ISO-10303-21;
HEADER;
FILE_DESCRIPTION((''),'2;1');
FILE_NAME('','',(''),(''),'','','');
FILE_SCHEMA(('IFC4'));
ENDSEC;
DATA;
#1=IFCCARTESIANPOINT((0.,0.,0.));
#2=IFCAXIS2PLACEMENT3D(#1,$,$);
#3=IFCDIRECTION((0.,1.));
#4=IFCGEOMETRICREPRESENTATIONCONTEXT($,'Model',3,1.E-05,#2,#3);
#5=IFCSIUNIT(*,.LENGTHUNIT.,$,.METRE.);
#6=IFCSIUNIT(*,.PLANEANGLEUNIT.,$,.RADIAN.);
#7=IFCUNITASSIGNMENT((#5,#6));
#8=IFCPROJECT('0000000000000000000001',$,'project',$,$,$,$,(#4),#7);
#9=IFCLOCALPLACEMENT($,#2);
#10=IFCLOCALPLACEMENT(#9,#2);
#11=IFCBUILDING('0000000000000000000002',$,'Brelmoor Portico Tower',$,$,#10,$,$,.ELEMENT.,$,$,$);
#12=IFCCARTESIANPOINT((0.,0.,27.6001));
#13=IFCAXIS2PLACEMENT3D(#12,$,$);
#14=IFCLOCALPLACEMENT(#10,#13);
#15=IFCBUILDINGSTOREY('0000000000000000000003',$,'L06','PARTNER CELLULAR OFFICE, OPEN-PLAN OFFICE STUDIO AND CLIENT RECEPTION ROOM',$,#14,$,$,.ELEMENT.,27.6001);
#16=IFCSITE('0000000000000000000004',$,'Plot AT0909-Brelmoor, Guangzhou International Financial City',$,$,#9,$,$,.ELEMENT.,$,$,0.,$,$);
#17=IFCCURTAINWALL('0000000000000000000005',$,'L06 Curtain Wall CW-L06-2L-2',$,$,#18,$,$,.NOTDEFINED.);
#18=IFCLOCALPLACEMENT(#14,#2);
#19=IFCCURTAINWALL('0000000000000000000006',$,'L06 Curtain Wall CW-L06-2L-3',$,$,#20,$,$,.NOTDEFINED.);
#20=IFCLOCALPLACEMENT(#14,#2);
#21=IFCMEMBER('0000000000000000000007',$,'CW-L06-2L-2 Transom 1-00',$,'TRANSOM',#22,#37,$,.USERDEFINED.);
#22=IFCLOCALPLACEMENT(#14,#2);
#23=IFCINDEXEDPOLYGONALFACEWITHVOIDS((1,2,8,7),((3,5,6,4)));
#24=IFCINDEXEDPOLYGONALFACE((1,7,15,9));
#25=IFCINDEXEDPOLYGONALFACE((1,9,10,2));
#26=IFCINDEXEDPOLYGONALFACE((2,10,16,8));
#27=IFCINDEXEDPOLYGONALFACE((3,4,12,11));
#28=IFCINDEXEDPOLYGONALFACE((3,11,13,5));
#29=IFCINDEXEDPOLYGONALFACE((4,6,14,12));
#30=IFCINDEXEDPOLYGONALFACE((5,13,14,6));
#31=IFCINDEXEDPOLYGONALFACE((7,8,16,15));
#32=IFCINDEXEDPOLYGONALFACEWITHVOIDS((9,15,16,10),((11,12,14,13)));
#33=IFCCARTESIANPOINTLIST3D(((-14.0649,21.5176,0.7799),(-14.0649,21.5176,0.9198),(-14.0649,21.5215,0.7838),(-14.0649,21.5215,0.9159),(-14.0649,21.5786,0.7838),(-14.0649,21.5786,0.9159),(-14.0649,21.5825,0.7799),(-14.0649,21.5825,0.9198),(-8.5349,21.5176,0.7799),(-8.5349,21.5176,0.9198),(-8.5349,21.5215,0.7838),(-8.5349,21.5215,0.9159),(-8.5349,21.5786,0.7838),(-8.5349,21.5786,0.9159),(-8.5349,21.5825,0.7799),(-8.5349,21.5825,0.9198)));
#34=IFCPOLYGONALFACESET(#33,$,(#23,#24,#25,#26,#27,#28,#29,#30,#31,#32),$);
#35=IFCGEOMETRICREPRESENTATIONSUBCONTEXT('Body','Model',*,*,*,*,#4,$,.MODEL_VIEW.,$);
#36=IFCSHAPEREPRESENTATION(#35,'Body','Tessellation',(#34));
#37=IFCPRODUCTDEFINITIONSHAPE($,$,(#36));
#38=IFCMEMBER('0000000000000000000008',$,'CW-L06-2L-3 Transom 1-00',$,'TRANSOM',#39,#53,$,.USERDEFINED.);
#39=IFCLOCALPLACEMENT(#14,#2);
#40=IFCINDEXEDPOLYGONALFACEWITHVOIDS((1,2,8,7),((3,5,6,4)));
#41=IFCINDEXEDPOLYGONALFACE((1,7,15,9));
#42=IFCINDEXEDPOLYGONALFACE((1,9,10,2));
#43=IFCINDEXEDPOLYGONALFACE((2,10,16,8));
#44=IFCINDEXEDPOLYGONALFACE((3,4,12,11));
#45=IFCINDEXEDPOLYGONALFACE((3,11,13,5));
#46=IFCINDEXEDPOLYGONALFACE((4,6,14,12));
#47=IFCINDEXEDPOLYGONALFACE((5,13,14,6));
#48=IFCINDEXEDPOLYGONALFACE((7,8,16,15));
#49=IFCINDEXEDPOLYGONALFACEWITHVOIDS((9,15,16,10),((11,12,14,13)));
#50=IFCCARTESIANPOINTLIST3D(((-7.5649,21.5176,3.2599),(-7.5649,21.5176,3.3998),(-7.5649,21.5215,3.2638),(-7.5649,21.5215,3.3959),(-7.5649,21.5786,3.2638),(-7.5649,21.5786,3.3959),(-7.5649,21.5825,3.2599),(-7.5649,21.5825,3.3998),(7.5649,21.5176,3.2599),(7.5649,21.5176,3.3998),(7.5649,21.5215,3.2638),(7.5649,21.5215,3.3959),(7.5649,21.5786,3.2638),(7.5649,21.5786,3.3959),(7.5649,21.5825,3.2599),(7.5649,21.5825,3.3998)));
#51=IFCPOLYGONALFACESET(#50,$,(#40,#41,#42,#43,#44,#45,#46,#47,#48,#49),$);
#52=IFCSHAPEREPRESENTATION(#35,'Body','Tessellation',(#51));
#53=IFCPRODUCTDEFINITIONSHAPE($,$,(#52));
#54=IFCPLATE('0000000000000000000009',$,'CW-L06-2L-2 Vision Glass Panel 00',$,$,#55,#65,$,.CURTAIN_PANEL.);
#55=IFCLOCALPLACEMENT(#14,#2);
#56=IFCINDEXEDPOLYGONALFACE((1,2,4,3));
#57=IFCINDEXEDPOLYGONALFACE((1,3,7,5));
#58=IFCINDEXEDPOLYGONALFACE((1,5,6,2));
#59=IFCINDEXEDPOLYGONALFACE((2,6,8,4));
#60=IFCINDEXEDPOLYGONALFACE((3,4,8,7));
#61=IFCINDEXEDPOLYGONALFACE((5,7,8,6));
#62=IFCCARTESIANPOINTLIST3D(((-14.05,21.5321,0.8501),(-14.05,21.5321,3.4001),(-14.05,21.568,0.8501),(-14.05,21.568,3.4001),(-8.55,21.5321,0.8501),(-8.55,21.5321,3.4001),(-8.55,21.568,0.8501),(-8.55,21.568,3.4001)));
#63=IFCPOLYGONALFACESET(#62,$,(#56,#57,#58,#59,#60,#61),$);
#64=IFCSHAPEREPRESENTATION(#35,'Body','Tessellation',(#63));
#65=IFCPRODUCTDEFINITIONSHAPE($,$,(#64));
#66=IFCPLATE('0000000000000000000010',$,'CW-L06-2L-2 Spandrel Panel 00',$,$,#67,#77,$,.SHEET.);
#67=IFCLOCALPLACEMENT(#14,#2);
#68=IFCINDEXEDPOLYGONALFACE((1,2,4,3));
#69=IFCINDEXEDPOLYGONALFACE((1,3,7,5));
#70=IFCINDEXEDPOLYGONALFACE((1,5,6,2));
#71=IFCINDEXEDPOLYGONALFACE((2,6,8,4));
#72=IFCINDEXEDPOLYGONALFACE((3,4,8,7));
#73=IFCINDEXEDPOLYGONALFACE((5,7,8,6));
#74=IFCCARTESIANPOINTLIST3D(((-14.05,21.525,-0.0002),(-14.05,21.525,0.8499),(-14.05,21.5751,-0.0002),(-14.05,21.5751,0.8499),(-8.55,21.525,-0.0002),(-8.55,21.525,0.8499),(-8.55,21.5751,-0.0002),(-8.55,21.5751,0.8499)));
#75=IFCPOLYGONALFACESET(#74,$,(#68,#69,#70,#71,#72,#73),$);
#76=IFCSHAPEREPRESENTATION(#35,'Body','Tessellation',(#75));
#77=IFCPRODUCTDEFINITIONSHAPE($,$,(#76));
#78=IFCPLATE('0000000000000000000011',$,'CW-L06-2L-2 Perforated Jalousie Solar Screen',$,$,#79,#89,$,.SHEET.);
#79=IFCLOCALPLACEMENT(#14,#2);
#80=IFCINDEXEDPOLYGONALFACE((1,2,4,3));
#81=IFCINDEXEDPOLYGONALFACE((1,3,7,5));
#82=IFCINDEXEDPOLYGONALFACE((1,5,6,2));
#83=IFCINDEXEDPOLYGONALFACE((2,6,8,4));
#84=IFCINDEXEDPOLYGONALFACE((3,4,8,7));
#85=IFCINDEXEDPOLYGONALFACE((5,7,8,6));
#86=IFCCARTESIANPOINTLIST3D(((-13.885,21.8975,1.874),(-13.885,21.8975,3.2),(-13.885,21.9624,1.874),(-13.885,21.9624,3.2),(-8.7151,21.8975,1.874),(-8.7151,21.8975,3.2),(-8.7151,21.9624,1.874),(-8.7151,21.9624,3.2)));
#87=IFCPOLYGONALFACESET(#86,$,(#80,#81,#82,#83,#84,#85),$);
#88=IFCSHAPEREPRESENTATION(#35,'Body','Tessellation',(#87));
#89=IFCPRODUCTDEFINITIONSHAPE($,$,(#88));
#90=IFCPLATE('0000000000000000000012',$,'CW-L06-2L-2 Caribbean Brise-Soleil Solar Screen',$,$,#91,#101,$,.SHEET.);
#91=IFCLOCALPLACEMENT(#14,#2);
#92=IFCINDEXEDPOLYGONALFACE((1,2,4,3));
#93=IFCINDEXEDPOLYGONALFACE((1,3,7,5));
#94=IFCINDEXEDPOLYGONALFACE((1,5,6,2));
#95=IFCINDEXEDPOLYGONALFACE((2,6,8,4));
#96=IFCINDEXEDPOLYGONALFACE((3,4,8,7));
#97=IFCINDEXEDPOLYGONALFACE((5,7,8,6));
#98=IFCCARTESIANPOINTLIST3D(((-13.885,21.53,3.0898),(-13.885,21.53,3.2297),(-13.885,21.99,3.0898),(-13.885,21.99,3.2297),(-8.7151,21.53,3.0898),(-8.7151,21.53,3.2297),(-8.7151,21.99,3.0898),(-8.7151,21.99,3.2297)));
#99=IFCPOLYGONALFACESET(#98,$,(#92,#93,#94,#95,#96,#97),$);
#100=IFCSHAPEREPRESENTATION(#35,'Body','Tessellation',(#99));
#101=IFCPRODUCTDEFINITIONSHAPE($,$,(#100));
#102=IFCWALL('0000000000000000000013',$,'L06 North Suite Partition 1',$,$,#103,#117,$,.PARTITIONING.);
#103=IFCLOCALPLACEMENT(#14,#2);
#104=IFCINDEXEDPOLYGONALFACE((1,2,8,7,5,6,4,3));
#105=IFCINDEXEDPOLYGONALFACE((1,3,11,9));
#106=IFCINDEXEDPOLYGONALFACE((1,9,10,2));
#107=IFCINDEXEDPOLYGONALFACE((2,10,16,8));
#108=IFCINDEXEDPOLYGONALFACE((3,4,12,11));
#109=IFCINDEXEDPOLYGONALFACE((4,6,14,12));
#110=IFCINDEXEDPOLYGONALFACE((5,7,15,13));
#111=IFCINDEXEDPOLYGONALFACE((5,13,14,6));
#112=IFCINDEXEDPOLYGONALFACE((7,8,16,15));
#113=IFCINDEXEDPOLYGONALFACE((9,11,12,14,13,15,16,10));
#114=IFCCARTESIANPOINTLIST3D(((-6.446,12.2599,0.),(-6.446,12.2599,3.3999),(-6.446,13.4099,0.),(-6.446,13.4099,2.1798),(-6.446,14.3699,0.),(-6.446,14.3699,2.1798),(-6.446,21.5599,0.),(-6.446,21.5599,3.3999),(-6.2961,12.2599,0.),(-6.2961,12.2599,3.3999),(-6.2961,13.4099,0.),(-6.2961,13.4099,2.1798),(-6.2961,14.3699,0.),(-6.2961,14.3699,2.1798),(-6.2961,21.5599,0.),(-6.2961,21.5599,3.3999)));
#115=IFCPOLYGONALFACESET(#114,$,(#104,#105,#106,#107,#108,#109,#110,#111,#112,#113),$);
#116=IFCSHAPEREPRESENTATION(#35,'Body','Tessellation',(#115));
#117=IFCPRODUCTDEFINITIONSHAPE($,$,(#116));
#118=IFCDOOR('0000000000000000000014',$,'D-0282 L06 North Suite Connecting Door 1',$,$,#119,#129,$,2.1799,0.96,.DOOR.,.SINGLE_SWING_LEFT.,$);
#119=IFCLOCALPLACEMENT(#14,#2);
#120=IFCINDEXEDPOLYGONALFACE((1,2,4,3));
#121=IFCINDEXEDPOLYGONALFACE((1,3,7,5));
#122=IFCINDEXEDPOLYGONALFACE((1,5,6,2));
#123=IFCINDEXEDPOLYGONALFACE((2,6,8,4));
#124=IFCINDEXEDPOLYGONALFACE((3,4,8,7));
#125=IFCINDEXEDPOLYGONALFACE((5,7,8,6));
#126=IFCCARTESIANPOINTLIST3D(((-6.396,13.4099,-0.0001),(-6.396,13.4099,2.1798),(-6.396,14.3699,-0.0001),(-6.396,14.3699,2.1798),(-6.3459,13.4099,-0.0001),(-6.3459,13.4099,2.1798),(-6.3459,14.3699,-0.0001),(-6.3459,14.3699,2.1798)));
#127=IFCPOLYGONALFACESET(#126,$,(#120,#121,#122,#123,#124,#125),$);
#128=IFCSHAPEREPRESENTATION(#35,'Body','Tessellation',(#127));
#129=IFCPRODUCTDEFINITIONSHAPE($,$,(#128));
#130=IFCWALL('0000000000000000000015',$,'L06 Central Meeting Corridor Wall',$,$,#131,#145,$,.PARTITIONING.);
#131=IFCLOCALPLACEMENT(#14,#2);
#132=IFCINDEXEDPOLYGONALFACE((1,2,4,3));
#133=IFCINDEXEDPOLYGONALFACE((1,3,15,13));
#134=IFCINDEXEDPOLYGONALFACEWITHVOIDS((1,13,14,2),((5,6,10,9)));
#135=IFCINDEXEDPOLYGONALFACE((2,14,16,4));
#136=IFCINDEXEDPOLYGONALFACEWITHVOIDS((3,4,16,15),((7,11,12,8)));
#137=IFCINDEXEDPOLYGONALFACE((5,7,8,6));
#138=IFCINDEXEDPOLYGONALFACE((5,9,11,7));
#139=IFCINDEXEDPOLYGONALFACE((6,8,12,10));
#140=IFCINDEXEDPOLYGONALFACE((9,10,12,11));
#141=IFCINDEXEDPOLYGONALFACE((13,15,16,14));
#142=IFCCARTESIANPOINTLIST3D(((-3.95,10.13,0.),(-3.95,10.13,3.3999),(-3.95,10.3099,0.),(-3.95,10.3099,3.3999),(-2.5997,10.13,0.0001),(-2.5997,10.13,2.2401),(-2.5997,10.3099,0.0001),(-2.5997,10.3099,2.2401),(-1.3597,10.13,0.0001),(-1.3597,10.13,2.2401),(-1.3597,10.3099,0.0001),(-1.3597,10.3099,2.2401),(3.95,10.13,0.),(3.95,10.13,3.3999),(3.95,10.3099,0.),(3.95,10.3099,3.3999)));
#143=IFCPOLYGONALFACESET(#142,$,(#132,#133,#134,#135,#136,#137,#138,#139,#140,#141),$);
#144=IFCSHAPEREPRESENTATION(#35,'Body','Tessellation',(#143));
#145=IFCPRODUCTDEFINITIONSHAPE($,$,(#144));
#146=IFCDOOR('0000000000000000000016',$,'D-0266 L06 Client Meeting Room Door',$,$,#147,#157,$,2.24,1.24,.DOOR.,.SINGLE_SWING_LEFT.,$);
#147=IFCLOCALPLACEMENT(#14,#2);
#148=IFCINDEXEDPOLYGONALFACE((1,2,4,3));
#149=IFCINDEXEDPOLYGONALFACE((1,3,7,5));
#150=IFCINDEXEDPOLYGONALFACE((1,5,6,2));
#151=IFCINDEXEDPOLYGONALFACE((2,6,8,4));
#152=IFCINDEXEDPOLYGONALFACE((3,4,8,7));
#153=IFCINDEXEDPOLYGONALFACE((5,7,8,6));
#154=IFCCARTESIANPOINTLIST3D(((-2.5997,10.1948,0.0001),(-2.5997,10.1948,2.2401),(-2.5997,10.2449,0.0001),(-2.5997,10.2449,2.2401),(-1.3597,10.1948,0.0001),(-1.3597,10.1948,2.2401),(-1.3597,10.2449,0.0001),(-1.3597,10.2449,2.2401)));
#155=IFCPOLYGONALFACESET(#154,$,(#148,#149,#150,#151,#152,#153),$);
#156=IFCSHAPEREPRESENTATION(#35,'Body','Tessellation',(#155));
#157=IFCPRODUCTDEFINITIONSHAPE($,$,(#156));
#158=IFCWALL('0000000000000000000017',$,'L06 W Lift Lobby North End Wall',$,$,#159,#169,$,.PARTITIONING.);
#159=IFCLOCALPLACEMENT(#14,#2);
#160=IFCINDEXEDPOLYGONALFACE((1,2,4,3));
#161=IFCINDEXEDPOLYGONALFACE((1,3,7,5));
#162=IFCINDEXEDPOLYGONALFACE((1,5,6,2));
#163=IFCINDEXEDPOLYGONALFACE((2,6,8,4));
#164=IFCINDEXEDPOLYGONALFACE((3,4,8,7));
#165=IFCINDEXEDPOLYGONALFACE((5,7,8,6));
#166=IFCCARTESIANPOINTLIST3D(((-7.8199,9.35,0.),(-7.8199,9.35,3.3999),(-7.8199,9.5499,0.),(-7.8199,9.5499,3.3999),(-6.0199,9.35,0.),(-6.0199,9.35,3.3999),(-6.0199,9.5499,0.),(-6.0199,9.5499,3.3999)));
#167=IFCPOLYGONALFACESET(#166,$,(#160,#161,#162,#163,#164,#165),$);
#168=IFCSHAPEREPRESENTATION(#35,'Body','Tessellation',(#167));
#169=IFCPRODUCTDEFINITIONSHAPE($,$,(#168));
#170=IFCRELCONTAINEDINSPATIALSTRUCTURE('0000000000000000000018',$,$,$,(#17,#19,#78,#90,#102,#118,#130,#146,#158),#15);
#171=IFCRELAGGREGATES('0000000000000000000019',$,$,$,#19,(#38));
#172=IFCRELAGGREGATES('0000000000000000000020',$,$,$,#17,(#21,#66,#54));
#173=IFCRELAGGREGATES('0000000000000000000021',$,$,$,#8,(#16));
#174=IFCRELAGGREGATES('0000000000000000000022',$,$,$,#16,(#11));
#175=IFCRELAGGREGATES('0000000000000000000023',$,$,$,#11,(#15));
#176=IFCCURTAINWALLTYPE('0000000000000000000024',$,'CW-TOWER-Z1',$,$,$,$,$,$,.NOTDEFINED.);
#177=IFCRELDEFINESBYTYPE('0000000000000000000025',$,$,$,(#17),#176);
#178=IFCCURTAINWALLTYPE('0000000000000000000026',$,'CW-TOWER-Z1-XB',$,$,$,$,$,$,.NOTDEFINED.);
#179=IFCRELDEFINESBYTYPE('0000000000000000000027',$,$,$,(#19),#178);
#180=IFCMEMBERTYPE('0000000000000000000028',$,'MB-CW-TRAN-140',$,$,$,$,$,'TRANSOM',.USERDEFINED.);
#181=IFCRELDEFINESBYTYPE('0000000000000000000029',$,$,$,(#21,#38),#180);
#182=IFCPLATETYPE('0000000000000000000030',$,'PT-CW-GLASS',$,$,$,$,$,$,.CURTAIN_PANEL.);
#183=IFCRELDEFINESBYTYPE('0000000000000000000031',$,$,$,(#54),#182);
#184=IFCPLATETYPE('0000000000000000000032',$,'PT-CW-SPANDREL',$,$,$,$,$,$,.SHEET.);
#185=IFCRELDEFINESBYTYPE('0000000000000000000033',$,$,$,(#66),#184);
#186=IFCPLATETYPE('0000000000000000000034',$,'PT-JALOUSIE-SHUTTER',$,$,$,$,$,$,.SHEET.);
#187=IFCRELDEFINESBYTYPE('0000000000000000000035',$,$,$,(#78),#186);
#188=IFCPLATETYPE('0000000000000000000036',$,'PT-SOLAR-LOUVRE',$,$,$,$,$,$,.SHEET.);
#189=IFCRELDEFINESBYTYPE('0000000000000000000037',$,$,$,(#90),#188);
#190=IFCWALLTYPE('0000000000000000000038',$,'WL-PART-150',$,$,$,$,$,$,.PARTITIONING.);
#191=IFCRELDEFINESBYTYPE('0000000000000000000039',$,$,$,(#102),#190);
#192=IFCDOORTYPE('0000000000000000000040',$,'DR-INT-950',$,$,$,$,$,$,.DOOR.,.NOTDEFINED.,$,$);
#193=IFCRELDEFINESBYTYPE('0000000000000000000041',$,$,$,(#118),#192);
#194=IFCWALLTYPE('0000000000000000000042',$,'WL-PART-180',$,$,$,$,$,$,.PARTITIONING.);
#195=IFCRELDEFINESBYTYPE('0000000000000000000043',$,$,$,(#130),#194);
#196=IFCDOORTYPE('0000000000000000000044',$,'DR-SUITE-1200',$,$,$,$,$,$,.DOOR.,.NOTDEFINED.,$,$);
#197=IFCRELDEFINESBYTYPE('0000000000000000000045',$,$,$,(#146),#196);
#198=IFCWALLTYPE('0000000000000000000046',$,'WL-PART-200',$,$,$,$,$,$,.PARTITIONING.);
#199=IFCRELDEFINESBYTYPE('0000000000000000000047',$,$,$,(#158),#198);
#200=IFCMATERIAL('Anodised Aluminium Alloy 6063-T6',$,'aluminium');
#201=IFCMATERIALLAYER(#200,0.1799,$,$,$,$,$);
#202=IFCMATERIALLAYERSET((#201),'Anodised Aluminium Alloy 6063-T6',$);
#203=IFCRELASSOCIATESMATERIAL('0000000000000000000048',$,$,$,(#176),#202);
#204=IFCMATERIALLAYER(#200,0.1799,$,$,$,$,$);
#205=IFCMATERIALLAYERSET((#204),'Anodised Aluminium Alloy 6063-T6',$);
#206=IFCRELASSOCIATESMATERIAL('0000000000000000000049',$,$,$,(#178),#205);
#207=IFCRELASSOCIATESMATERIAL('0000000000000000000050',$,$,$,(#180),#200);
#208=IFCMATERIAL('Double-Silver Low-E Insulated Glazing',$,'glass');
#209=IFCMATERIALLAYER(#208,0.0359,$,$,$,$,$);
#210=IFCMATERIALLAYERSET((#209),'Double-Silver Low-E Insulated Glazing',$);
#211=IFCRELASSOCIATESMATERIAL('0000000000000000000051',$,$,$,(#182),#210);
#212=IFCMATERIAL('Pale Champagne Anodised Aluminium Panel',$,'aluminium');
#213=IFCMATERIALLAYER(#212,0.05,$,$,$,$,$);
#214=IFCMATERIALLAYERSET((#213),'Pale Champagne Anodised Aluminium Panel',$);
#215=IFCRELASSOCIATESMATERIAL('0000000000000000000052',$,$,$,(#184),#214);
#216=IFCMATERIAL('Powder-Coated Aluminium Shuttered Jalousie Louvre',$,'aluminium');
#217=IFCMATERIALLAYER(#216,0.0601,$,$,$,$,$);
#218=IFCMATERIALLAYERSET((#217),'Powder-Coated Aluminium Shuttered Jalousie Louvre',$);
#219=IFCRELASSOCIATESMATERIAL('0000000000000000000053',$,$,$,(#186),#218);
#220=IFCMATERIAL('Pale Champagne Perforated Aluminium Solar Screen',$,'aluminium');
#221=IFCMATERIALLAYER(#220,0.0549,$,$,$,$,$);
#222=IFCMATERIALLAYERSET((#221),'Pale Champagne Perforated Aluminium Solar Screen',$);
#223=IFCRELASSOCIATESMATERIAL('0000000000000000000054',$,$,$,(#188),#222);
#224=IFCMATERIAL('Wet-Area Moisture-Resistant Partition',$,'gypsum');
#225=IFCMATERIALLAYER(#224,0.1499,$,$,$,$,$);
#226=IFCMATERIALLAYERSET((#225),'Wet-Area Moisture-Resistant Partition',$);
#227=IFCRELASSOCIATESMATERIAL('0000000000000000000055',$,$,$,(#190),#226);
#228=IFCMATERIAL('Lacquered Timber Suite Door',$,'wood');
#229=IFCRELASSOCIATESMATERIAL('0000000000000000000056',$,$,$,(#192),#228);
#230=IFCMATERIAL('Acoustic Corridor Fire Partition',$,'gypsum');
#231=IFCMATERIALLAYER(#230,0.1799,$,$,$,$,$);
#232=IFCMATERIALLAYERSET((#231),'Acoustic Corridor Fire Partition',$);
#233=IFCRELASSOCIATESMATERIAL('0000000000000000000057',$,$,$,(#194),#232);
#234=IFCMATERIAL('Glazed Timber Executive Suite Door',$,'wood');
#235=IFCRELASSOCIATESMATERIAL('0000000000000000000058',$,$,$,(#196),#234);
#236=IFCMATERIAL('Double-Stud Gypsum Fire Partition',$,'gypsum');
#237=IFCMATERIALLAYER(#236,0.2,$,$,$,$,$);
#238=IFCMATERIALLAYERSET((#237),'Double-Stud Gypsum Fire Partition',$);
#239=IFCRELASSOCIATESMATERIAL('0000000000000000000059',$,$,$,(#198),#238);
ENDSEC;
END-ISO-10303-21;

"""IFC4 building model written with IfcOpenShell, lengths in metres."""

from ifc_helpers import new_model, si_unit, direction, frame, frame_2d, origin, origin_2d, place, context, subcontext, project, spatial, rectangle, hollow_rectangle, extrude, material, layer, layer_set, material_profile, profile_set, type_object, element, fill, aggregate, save


model = new_model("IFC4")

# Units and contexts
model_context = context("Model", 3, precision=1e-05, world=origin(), true_north=direction((0.0, 1.0)))
body_context = subcontext(model_context, "Body", "Model", "MODEL_VIEW")
ifc_project = project(units=[si_unit("LENGTHUNIT", "METRE"), si_unit("PLANEANGLEUNIT", "RADIAN")], contexts=[model_context])

# Site, building, storey
site_placement = place(None, origin())
site = spatial("IfcSite", under=ifc_project, at=site_placement, Name="Plot AT0909-Brelmoor, Guangzhou International Financial City", CompositionType="ELEMENT", RefElevation=0.0)
building_placement = place(site_placement, origin())
building = spatial("IfcBuilding", under=site, at=building_placement, Name="Brelmoor Portico Tower", CompositionType="ELEMENT")
storey_placement = place(building_placement, frame((0.0, 0.0, 27.6001)))
storey = spatial("IfcBuildingStorey", under=building, at=storey_placement, Name="L06", Description="PARTNER CELLULAR OFFICE, OPEN-PLAN OFFICE STUDIO AND CLIENT RECEPTION ROOM", CompositionType="ELEMENT", Elevation=27.6001)

# Curtain walls
ifc_material_1 = material(Name="Anodised Aluminium Alloy 6063-T6", Category="aluminium")
ifc_layer_1 = layer(ifc_material_1, 0.1799)
ifc_layer_set_1 = layer_set([ifc_layer_1], Name="Anodised Aluminium Alloy 6063-T6")
curtain_wall_type_1 = type_object("IfcCurtainWallType", Name="CW-TOWER-Z1", PredefinedType="NOTDEFINED", material=ifc_layer_set_1)
curtain_wall_1_placement = place(storey_placement, origin())
curtain_wall_1 = element("IfcCurtainWall", 1, at=curtain_wall_1_placement, inside=storey, type_object=curtain_wall_type_1, Name="L06 Curtain Wall CW-L06-2L-2", PredefinedType="NOTDEFINED")
ifc_layer_2 = layer(ifc_material_1, 0.1799)
ifc_layer_set_2 = layer_set([ifc_layer_2], Name="Anodised Aluminium Alloy 6063-T6")
curtain_wall_type_2 = type_object("IfcCurtainWallType", Name="CW-TOWER-Z1-XB", PredefinedType="NOTDEFINED", material=ifc_layer_set_2)
curtain_wall_2_placement = place(storey_placement, origin())
curtain_wall_2 = element("IfcCurtainWall", 2, at=curtain_wall_2_placement, inside=storey, type_object=curtain_wall_type_2, Name="L06 Curtain Wall CW-L06-2L-3", PredefinedType="NOTDEFINED")

# Members
ifc_material_profile_1 = material_profile(ifc_material_1, hollow_rectangle(XDim=0.0649, YDim=0.1399, WallThickness=0.0039, at=origin_2d()), Name="ALU TRANSOM 65x140")
ifc_profile_set_1 = profile_set([ifc_material_profile_1], Name="Anodised Aluminium Alloy 6063-T6")
member_type_1 = type_object("IfcMemberType", Name="MB-CW-TRAN-140", ElementType="TRANSOM", PredefinedType="USERDEFINED", material=ifc_profile_set_1)
member_1_placement = place(storey_placement, frame((-14.0649, 21.55, 0.8499), z_axis=(1.0, 0.0, 0.0), x_axis=(0.0, 1.0, 0.0)))
member_1 = element("IfcMember", 3, at=member_1_placement, type_object=member_type_1, Name="CW-L06-2L-2 Transom 1-00", ObjectType="TRANSOM", PredefinedType="USERDEFINED", context=body_context, shape_type="SweptSolid", body=[
    extrude(hollow_rectangle(XDim=0.0649, YDim=0.1399, WallThickness=0.0039, at=origin_2d()), origin(), (0.0, 0.0, 1.0), 5.53),
])
member_2_placement = place(storey_placement, frame((-7.5649, 21.55, 3.3298), z_axis=(1.0, 0.0, 0.0), x_axis=(0.0, 1.0, 0.0)))
member_2 = element("IfcMember", 4, at=member_2_placement, type_object=member_type_1, Name="CW-L06-2L-3 Transom 1-00", ObjectType="TRANSOM", PredefinedType="USERDEFINED", context=body_context, shape_type="SweptSolid", body=[
    extrude(hollow_rectangle(XDim=0.0649, YDim=0.1399, WallThickness=0.0039, at=origin_2d()), origin(), (0.0, 0.0, 1.0), 15.1299),
])
aggregate(curtain_wall_2, [member_2])

# Plates
ifc_material_2 = material(Name="Double-Silver Low-E Insulated Glazing", Category="glass")
ifc_layer_3 = layer(ifc_material_2, 0.0359)
ifc_layer_set_3 = layer_set([ifc_layer_3], Name="Double-Silver Low-E Insulated Glazing")
plate_type_1 = type_object("IfcPlateType", Name="PT-CW-GLASS", PredefinedType="CURTAIN_PANEL", material=ifc_layer_set_3)
plate_1_placement = place(storey_placement, frame((-11.3, 21.55, 0.8501), z_axis=(0.0, 0.0, 1.0), x_axis=(1.0, 0.0, 0.0)))
plate_1 = element("IfcPlate", 5, at=plate_1_placement, type_object=plate_type_1, Name="CW-L06-2L-2 Vision Glass Panel 00", PredefinedType="CURTAIN_PANEL", context=body_context, shape_type="SweptSolid", body=[
    extrude(rectangle(XDim=5.5, YDim=0.0359, at=origin_2d()), origin(), (0.0, 0.0, 1.0), 2.55),
])
ifc_material_3 = material(Name="Pale Champagne Anodised Aluminium Panel", Category="aluminium")
ifc_layer_4 = layer(ifc_material_3, 0.05)
ifc_layer_set_4 = layer_set([ifc_layer_4], Name="Pale Champagne Anodised Aluminium Panel")
plate_type_2 = type_object("IfcPlateType", Name="PT-CW-SPANDREL", PredefinedType="SHEET", material=ifc_layer_set_4)
plate_2_placement = place(storey_placement, frame((-11.3, 21.55, -0.0002), z_axis=(0.0, 0.0, 1.0), x_axis=(1.0, 0.0, 0.0)))
plate_2 = element("IfcPlate", 6, at=plate_2_placement, type_object=plate_type_2, Name="CW-L06-2L-2 Spandrel Panel 00", PredefinedType="SHEET", context=body_context, shape_type="SweptSolid", body=[
    extrude(rectangle(XDim=5.5, YDim=0.05, at=origin_2d()), origin(), (0.0, 0.0, 1.0), 0.8501),
])
aggregate(curtain_wall_1, [member_1, plate_2, plate_1])

# Plates
ifc_material_4 = material(Name="Powder-Coated Aluminium Shuttered Jalousie Louvre", Category="aluminium")
ifc_layer_5 = layer(ifc_material_4, 0.0601)
ifc_layer_set_5 = layer_set([ifc_layer_5], Name="Powder-Coated Aluminium Shuttered Jalousie Louvre")
plate_type_3 = type_object("IfcPlateType", Name="PT-JALOUSIE-SHUTTER", PredefinedType="SHEET", material=ifc_layer_set_5)
plate_3_placement = place(storey_placement, frame((-11.3, 21.9299, 1.874), z_axis=(0.0, 0.0, 1.0), x_axis=(1.0, 0.0, 0.0)))
element("IfcPlate", 7, at=plate_3_placement, inside=storey, type_object=plate_type_3, Name="CW-L06-2L-2 Perforated Jalousie Solar Screen", PredefinedType="SHEET", context=body_context, shape_type="SweptSolid", body=[
    extrude(rectangle(XDim=5.1699, YDim=0.0649, at=origin_2d()), origin(), (0.0, 0.0, 1.0), 1.3259),
])
ifc_material_5 = material(Name="Pale Champagne Perforated Aluminium Solar Screen", Category="aluminium")
ifc_layer_6 = layer(ifc_material_5, 0.0549)
ifc_layer_set_6 = layer_set([ifc_layer_6], Name="Pale Champagne Perforated Aluminium Solar Screen")
plate_type_4 = type_object("IfcPlateType", Name="PT-SOLAR-LOUVRE", PredefinedType="SHEET", material=ifc_layer_set_6)
plate_4_placement = place(storey_placement, frame((-11.3, 21.76, 3.0898), z_axis=(0.0, 0.0, 1.0), x_axis=(1.0, 0.0, 0.0)))
element("IfcPlate", 8, at=plate_4_placement, inside=storey, type_object=plate_type_4, Name="CW-L06-2L-2 Caribbean Brise-Soleil Solar Screen", PredefinedType="SHEET", context=body_context, shape_type="SweptSolid", body=[
    extrude(rectangle(XDim=5.1699, YDim=0.46, at=origin_2d()), origin(), (0.0, 0.0, 1.0), 0.1399),
])

# Walls, openings, doors
ifc_material_6 = material(Name="Wet-Area Moisture-Resistant Partition", Category="gypsum")
ifc_layer_7 = layer(ifc_material_6, 0.1499)
ifc_layer_set_7 = layer_set([ifc_layer_7], Name="Wet-Area Moisture-Resistant Partition")
wall_type_1 = type_object("IfcWallType", Name="WL-PART-150", PredefinedType="PARTITIONING", material=ifc_layer_set_7)
wall_1_placement = place(storey_placement, frame((-6.3711, 12.26, 0.0), z_axis=(0.0, 0.0, 1.0), x_axis=(0.0, 1.0, 0.0)))
wall_1 = element("IfcWall", 9, at=wall_1_placement, inside=storey, type_object=wall_type_1, Name="L06 North Suite Partition 1", PredefinedType="PARTITIONING", context=body_context, shape_type="SweptSolid", body=[
    extrude(rectangle(XDim=9.3, YDim=0.1499, at=frame_2d((4.6499, 0.0))), origin(), (0.0, 0.0, 1.0), 3.3999),
])
opening_1_placement = place(wall_1_placement, frame((1.1499, 0.0, 0.0)))
opening_1 = element("IfcOpeningElement", 10, at=opening_1_placement, cuts=wall_1, PredefinedType="OPENING", context=body_context, shape_type="SweptSolid", body=[
    extrude(rectangle(XDim=0.96, YDim=2.1799, at=frame_2d((0.48, 1.0898))), frame((0.0, 0.085, 0.0), z_axis=(0.0, -1.0, 0.0), x_axis=(1.0, 0.0, 0.0)), (0.0, 0.0, 1.0), 0.1699),
])
ifc_material_7 = material(Name="Lacquered Timber Suite Door", Category="wood")
door_type_1 = type_object("IfcDoorType", Name="DR-INT-950", OperationType="NOTDEFINED", PredefinedType="DOOR", material=ifc_material_7)
door_1_placement = place(opening_1_placement, origin())
door_1 = element("IfcDoor", 11, at=door_1_placement, inside=storey, type_object=door_type_1, Name="D-0282 L06 North Suite Connecting Door 1", OperationType="SINGLE_SWING_LEFT", OverallHeight=2.1799, OverallWidth=0.96, PredefinedType="DOOR", context=body_context, shape_type="SweptSolid", body=[
    extrude(rectangle(XDim=0.96, YDim=2.1799, at=frame_2d((0.48, 1.0898))), frame((0.0, 0.0249, 0.0), z_axis=(0.0, -1.0, 0.0), x_axis=(1.0, 0.0, 0.0)), (0.0, 0.0, 1.0), 0.05),
])
fill(opening_1, door_1)
ifc_material_8 = material(Name="Acoustic Corridor Fire Partition", Category="gypsum")
ifc_layer_8 = layer(ifc_material_8, 0.1799)
ifc_layer_set_8 = layer_set([ifc_layer_8], Name="Acoustic Corridor Fire Partition")
wall_type_2 = type_object("IfcWallType", Name="WL-PART-180", PredefinedType="PARTITIONING", material=ifc_layer_set_8)
wall_2_placement = place(storey_placement, frame((-3.95, 10.22, 0.0), z_axis=(0.0, 0.0, 1.0), x_axis=(1.0, 0.0, 0.0)))
wall_2 = element("IfcWall", 12, at=wall_2_placement, inside=storey, type_object=wall_type_2, Name="L06 Central Meeting Corridor Wall", PredefinedType="PARTITIONING", context=body_context, shape_type="SweptSolid", body=[
    extrude(rectangle(XDim=7.8999, YDim=0.1799, at=frame_2d((3.95, 0.0))), origin(), (0.0, 0.0, 1.0), 3.3999),
])
opening_2_placement = place(wall_2_placement, frame((1.3501, 0.0, 0.0)))
opening_2 = element("IfcOpeningElement", 13, at=opening_2_placement, cuts=wall_2, PredefinedType="OPENING", context=body_context, shape_type="SweptSolid", body=[
    extrude(rectangle(XDim=1.24, YDim=2.24, at=frame_2d((0.6201, 1.1201))), frame((0.0, 0.0999, 0.0), z_axis=(0.0, -1.0, 0.0), x_axis=(1.0, 0.0, 0.0)), (0.0, 0.0, 1.0), 0.2),
])
ifc_material_9 = material(Name="Glazed Timber Executive Suite Door", Category="wood")
door_type_2 = type_object("IfcDoorType", Name="DR-SUITE-1200", OperationType="NOTDEFINED", PredefinedType="DOOR", material=ifc_material_9)
door_2_placement = place(opening_2_placement, origin())
door_2 = element("IfcDoor", 14, at=door_2_placement, inside=storey, type_object=door_type_2, Name="D-0266 L06 Client Meeting Room Door", OperationType="SINGLE_SWING_LEFT", OverallHeight=2.24, OverallWidth=1.24, PredefinedType="DOOR", context=body_context, shape_type="SweptSolid", body=[
    extrude(rectangle(XDim=1.24, YDim=2.24, at=frame_2d((0.6201, 1.1201))), frame((0.0, 0.0249, 0.0), z_axis=(0.0, -1.0, 0.0), x_axis=(1.0, 0.0, 0.0)), (0.0, 0.0, 1.0), 0.05),
])
fill(opening_2, door_2)

# Wall
ifc_material_10 = material(Name="Double-Stud Gypsum Fire Partition", Category="gypsum")
ifc_layer_9 = layer(ifc_material_10, 0.2)
ifc_layer_set_9 = layer_set([ifc_layer_9], Name="Double-Stud Gypsum Fire Partition")
wall_type_3 = type_object("IfcWallType", Name="WL-PART-200", PredefinedType="PARTITIONING", material=ifc_layer_set_9)
wall_3_placement = place(storey_placement, frame((-6.02, 9.45, 0.0), z_axis=(0.0, 0.0, 1.0), x_axis=(-1.0, 0.0, 0.0)))
element("IfcWall", 15, at=wall_3_placement, inside=storey, type_object=wall_type_3, Name="L06 W Lift Lobby North End Wall", PredefinedType="PARTITIONING", context=body_context, shape_type="SweptSolid", body=[
    extrude(rectangle(XDim=1.8, YDim=0.2, at=frame_2d((0.8999, 0.0))), origin(), (0.0, 0.0, 1.0), 3.3999),
])

save(model, "model.ifc")
